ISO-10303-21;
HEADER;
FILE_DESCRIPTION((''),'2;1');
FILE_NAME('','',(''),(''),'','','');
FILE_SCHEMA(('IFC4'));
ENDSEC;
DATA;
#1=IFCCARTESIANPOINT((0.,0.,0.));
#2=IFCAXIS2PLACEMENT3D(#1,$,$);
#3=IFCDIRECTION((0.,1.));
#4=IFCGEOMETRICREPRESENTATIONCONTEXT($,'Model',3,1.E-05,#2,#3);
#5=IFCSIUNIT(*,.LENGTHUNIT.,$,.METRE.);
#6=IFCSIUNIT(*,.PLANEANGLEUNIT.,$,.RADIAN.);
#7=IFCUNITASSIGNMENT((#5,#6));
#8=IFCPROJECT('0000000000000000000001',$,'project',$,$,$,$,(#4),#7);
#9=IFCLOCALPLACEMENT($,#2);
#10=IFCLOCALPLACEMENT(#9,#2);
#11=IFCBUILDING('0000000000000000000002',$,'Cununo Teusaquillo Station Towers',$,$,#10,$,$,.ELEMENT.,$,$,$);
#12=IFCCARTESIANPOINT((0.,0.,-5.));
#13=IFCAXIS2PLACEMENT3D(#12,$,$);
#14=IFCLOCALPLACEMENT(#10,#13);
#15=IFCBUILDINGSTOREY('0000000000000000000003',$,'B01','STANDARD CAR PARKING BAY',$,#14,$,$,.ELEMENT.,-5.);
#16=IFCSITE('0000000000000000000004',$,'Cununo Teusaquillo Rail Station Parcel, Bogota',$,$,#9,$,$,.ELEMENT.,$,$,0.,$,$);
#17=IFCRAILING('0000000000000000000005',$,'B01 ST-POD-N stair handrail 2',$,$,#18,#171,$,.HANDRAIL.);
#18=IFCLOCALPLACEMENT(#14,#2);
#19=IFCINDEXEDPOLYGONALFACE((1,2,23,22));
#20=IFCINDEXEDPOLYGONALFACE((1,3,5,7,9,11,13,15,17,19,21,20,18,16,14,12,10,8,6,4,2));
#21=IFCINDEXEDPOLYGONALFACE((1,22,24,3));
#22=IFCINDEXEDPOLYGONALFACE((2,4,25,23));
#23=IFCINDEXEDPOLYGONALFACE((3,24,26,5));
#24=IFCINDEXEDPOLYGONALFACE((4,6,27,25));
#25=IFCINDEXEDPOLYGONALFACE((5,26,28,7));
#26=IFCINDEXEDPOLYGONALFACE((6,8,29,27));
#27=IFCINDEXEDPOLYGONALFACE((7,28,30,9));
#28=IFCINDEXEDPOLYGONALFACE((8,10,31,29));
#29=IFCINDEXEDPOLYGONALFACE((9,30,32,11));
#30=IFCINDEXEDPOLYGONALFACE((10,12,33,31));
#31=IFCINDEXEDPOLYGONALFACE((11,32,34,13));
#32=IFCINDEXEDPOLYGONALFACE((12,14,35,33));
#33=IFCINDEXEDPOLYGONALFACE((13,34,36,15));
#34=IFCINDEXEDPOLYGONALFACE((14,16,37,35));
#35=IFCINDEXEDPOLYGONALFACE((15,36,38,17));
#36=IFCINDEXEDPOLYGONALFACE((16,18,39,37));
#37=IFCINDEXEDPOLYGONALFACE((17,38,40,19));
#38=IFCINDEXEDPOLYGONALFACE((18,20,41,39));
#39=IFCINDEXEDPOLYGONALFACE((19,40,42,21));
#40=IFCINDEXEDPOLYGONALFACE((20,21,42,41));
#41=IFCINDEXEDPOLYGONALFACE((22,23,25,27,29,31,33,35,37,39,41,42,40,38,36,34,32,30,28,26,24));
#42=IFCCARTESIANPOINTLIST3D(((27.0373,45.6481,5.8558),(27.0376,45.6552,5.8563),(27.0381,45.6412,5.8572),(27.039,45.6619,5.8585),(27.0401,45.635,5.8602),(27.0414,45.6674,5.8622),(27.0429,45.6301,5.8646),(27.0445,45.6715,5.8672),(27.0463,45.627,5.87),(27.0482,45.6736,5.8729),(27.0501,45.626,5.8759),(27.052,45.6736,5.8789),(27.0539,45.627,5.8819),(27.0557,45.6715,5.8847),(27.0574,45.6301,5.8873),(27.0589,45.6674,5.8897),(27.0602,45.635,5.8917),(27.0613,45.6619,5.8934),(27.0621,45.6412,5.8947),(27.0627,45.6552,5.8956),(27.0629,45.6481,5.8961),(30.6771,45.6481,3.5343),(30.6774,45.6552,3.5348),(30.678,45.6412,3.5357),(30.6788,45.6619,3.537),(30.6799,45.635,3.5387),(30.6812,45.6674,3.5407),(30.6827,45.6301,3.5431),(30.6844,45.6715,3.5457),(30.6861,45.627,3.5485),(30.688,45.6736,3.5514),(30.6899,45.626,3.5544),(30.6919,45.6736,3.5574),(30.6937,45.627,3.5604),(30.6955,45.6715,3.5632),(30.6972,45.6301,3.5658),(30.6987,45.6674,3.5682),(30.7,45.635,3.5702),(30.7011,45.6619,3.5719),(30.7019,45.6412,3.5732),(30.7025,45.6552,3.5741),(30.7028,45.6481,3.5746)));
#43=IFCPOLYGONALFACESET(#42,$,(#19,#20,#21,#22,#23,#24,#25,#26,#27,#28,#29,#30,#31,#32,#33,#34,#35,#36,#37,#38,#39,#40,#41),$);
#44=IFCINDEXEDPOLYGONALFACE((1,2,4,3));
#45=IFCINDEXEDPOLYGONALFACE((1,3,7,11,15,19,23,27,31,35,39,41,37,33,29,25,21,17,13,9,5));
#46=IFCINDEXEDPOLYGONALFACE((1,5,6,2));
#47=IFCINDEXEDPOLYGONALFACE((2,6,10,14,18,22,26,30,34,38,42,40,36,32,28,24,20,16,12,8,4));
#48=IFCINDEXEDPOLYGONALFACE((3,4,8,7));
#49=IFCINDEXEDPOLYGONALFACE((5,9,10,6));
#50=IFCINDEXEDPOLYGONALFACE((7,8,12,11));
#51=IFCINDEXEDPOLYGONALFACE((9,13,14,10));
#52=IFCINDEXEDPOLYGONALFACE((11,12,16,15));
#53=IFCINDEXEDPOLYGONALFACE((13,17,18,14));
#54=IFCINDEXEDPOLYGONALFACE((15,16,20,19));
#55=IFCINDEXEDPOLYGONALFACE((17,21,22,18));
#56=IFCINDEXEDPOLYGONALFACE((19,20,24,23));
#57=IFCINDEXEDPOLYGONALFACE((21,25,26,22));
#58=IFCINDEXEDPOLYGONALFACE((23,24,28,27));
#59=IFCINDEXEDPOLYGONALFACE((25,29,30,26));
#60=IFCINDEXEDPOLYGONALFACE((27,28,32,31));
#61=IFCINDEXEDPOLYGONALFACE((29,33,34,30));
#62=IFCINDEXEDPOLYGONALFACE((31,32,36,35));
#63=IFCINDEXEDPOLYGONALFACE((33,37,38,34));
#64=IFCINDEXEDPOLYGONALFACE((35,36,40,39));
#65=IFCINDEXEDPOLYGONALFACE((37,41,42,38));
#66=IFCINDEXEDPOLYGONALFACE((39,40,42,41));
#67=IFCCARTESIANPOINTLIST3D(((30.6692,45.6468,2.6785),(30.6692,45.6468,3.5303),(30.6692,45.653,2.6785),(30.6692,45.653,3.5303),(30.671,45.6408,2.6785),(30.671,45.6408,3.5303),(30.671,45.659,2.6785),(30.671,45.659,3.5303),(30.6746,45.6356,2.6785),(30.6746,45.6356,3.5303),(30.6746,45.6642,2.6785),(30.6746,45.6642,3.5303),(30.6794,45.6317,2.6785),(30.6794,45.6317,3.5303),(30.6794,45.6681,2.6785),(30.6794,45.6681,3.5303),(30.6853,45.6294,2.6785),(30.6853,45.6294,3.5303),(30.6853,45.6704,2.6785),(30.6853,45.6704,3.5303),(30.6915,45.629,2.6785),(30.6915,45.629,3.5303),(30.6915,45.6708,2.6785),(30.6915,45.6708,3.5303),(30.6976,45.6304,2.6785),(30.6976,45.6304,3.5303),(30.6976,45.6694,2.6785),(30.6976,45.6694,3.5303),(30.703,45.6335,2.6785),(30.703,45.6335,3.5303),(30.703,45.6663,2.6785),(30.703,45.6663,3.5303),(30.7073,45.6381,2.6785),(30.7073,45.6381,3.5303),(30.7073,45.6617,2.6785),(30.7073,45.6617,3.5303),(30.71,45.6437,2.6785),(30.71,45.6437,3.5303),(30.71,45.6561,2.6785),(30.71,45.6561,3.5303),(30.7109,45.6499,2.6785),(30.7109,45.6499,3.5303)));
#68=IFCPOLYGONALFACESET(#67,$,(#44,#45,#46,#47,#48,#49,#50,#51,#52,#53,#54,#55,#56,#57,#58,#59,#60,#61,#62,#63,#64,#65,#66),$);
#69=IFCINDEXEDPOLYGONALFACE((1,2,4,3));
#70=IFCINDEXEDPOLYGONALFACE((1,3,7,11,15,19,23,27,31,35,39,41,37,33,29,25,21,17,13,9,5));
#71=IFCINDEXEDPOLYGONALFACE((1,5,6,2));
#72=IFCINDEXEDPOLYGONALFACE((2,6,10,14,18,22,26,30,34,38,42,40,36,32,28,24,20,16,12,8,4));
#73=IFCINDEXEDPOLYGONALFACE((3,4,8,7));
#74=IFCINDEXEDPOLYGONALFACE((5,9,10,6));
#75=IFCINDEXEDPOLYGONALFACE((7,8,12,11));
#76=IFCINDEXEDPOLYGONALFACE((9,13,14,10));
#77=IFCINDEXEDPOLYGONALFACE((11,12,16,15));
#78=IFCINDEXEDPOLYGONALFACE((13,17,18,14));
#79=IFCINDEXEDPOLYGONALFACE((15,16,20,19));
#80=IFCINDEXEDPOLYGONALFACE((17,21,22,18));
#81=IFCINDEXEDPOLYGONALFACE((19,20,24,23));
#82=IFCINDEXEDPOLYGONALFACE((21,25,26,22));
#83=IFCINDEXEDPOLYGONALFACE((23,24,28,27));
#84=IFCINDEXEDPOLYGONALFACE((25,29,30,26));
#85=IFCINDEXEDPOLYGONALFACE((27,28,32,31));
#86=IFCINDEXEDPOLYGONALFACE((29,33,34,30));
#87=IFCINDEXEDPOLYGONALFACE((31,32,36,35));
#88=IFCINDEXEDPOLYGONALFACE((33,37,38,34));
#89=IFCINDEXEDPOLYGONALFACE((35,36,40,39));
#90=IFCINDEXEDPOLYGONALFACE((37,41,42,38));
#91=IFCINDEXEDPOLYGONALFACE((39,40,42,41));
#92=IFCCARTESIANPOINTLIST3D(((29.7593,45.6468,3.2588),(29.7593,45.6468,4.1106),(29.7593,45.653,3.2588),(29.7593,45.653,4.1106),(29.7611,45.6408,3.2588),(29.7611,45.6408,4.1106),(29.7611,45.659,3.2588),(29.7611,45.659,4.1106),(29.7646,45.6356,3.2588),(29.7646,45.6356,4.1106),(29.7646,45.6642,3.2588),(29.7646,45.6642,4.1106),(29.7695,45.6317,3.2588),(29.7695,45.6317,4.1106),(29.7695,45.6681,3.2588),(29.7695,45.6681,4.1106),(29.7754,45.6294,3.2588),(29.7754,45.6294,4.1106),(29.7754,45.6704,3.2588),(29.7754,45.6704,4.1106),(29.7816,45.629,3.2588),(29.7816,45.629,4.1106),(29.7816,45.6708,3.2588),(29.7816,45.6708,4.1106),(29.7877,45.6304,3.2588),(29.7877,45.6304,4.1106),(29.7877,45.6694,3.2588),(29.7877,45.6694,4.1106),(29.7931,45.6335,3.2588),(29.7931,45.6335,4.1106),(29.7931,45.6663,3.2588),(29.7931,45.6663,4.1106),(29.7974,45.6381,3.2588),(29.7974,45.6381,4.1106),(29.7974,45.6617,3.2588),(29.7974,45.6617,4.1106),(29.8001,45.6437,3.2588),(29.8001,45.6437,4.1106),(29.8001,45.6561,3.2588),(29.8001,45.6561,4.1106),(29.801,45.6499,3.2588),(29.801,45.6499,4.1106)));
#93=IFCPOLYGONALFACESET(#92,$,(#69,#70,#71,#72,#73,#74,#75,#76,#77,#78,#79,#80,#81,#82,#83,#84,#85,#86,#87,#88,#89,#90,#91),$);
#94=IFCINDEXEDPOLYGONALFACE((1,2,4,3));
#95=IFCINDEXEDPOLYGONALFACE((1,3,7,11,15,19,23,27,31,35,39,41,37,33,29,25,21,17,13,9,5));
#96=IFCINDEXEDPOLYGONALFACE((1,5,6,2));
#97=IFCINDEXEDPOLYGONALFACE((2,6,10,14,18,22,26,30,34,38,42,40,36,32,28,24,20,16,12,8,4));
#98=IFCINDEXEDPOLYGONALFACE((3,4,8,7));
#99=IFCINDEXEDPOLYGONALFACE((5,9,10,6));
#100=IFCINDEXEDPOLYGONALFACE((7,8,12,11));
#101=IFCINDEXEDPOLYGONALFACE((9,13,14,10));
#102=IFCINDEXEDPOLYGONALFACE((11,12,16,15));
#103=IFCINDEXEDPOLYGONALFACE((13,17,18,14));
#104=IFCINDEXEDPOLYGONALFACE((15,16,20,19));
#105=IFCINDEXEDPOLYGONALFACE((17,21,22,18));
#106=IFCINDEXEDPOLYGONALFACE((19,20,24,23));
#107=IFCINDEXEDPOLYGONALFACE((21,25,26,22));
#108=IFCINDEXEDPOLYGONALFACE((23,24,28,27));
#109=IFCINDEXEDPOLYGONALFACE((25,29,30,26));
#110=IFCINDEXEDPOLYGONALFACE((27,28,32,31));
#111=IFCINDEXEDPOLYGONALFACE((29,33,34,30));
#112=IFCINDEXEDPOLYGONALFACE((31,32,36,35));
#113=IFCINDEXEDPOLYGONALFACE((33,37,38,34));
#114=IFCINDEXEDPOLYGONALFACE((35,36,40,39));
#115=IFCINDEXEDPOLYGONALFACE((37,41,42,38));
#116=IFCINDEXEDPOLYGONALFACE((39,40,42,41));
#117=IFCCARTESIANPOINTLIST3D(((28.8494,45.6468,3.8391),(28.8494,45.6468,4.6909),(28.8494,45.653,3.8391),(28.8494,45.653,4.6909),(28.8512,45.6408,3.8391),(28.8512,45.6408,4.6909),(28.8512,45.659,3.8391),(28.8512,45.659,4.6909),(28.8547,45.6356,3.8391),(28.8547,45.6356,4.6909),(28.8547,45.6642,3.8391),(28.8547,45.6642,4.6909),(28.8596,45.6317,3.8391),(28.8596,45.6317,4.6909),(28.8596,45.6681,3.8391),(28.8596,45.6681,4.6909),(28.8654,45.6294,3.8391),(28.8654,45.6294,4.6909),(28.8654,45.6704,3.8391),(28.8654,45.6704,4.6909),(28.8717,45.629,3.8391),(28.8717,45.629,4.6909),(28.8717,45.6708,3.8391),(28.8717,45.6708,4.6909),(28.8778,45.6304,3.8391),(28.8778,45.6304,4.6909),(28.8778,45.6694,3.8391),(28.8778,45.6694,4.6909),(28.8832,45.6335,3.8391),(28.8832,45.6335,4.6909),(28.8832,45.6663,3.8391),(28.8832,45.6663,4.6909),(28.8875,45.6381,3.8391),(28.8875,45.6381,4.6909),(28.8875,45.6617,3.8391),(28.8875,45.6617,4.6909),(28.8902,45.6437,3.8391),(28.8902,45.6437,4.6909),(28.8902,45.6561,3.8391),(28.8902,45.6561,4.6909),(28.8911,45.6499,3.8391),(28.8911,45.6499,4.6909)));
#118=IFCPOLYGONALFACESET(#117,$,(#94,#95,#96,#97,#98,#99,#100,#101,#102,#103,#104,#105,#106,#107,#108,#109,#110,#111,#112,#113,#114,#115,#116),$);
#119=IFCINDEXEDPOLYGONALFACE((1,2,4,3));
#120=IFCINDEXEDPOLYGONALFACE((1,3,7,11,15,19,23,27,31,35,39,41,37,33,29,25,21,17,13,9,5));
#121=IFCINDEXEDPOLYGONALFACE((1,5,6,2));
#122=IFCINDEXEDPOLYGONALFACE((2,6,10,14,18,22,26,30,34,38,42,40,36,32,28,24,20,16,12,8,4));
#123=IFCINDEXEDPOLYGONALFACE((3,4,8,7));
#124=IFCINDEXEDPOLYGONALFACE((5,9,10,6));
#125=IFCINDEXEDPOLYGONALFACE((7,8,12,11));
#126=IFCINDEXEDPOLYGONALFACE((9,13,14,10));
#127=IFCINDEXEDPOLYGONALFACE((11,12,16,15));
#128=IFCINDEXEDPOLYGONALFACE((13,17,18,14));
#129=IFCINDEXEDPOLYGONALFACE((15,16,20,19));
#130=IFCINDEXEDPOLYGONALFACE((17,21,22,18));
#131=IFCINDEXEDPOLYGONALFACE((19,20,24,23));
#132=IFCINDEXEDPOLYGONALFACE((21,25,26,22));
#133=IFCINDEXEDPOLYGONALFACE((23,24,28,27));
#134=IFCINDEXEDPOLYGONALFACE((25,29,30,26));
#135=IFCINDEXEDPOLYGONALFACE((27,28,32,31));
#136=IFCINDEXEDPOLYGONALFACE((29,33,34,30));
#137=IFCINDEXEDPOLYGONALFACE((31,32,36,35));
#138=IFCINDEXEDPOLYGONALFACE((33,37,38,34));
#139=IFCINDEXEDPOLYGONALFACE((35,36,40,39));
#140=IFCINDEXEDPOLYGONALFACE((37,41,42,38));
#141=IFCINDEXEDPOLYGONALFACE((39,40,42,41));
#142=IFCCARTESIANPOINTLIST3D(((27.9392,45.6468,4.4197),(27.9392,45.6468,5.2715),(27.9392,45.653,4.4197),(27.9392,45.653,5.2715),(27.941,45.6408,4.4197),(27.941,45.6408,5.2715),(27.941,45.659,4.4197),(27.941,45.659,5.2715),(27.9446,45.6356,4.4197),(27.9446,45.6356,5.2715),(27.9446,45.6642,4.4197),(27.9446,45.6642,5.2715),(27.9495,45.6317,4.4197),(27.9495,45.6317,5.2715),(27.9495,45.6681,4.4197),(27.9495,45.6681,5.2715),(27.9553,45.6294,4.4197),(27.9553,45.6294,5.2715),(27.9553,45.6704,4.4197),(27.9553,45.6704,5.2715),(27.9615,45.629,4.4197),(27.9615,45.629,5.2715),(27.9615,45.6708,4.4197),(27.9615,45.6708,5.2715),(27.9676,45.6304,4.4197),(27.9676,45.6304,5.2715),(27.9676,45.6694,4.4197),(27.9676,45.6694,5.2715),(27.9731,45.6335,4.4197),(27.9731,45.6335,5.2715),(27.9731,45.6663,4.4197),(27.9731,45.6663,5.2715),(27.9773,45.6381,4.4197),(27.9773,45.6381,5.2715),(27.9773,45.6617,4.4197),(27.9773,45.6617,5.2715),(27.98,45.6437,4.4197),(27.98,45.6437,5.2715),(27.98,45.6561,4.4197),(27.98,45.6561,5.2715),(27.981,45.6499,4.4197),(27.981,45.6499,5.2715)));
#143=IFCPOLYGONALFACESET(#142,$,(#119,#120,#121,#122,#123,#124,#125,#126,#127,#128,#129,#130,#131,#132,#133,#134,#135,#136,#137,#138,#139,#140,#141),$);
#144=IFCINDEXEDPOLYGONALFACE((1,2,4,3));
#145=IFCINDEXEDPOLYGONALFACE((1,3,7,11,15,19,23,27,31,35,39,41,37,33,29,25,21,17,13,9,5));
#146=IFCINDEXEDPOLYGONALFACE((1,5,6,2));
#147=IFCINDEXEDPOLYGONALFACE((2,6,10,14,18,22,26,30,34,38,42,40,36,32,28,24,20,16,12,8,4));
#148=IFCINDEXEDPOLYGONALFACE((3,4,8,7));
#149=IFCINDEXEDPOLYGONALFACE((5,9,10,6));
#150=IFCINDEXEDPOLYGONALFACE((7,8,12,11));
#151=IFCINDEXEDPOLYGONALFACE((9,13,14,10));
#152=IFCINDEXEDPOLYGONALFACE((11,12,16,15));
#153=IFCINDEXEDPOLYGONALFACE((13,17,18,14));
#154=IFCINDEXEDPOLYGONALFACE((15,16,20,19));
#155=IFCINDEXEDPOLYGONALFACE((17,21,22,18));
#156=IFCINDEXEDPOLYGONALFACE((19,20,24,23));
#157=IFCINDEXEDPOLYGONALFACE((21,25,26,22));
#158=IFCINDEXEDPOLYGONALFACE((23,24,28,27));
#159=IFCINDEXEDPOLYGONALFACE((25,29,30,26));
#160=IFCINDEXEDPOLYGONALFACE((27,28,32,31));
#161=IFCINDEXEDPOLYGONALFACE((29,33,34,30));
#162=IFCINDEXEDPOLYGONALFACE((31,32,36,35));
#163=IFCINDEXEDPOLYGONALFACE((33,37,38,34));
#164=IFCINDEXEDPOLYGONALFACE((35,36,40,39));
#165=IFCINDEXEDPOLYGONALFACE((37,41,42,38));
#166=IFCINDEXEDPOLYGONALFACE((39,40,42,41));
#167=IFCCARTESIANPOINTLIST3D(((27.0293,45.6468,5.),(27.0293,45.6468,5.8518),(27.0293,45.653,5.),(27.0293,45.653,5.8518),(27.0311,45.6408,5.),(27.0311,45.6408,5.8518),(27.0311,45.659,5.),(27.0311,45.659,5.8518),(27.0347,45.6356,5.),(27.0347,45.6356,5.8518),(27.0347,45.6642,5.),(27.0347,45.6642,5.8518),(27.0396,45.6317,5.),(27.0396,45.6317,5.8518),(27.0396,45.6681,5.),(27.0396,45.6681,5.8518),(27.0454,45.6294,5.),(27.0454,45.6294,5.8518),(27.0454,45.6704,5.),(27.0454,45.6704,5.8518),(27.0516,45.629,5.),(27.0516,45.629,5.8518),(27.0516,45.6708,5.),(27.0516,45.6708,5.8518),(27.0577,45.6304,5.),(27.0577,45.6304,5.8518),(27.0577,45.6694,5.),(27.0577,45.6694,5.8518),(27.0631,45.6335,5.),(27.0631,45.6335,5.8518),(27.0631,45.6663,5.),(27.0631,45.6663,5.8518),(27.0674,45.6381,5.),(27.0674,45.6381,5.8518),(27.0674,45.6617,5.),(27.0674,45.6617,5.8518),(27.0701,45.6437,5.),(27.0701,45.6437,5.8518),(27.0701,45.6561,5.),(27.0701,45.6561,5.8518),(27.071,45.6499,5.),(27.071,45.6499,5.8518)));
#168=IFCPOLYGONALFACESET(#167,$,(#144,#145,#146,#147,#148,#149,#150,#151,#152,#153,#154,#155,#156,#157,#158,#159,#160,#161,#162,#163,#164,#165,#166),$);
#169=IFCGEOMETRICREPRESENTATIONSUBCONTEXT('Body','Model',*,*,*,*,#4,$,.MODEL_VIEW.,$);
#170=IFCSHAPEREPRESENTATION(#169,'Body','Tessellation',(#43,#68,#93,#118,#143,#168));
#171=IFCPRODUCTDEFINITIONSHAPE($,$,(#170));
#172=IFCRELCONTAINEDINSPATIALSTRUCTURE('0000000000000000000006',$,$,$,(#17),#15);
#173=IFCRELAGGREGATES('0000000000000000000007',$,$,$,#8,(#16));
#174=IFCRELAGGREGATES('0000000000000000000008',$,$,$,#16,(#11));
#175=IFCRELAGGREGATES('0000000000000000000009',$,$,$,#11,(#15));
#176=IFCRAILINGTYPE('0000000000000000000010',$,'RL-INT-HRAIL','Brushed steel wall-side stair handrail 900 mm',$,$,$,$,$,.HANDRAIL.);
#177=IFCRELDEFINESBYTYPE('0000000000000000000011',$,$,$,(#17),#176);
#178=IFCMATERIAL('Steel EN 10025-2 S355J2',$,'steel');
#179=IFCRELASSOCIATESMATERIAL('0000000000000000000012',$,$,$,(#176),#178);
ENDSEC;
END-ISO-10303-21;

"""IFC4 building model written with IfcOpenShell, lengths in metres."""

from ifc_helpers import new_model, si_unit, direction, frame, origin, origin_2d, place, context, subcontext, project, spatial, circle, extrude, material, type_object, element, save


model = new_model("IFC4")

# Units and contexts
model_context = context("Model", 3, precision=1e-05, world=origin(), true_north=direction((0.0, 1.0)))
body_context = subcontext(model_context, "Body", "Model", "MODEL_VIEW")
ifc_project = project(units=[si_unit("LENGTHUNIT", "METRE"), si_unit("PLANEANGLEUNIT", "RADIAN")], contexts=[model_context])

# Site, building, storey
site_placement = place(None, origin())
site = spatial("IfcSite", under=ifc_project, at=site_placement, Name="Cununo Teusaquillo Rail Station Parcel, Bogota", CompositionType="ELEMENT", RefElevation=0.0)
building_placement = place(site_placement, origin())
building = spatial("IfcBuilding", under=site, at=building_placement, Name="Cununo Teusaquillo Station Towers", CompositionType="ELEMENT")
storey_placement = place(building_placement, frame((0.0, 0.0, -5.0)))
storey = spatial("IfcBuildingStorey", under=building, at=storey_placement, Name="B01", Description="STANDARD CAR PARKING BAY", CompositionType="ELEMENT", Elevation=-5.0)

# Railing
ifc_material_1 = material(Name="Steel EN 10025-2 S355J2", Category="steel")
railing_type_1 = type_object("IfcRailingType", Name="RL-INT-HRAIL", Description="Brushed steel wall-side stair handrail 900 mm", PredefinedType="HANDRAIL", material=ifc_material_1)
railing_1_placement = place(storey_placement, frame((30.6899, 45.6499, 2.6785)))
element("IfcRailing", 1, at=railing_1_placement, inside=storey, type_object=railing_type_1, Name="B01 ST-POD-N stair handrail 2", PredefinedType="HANDRAIL", context=body_context, shape_type="SweptSolid", body=[
    extrude(circle(Radius=0.0239, at=origin_2d()), frame((0.0, 0.0, 0.876), z_axis=(-0.843112, 0.0, 0.537739), x_axis=(0.0, -1.0, 0.0)), (0.0, 0.0, 1.0), 4.3171),
    extrude(circle(Radius=0.021, at=origin_2d()), origin(), (0.0, 0.0, 1.0), 0.8518),
    extrude(circle(Radius=0.021, at=origin_2d()), frame((-0.9099, 0.0, 0.5803)), (0.0, 0.0, 1.0), 0.8518),
    extrude(circle(Radius=0.021, at=origin_2d()), frame((-1.8198, 0.0, 1.1606)), (0.0, 0.0, 1.0), 0.8518),
    extrude(circle(Radius=0.021, at=origin_2d()), frame((-2.73, 0.0, 1.7412)), (0.0, 0.0, 1.0), 0.8518),
    extrude(circle(Radius=0.021, at=origin_2d()), frame((-3.6399, 0.0, 2.3215)), (0.0, 0.0, 1.0), 0.8518),
])

save(model, "model.ifc")
